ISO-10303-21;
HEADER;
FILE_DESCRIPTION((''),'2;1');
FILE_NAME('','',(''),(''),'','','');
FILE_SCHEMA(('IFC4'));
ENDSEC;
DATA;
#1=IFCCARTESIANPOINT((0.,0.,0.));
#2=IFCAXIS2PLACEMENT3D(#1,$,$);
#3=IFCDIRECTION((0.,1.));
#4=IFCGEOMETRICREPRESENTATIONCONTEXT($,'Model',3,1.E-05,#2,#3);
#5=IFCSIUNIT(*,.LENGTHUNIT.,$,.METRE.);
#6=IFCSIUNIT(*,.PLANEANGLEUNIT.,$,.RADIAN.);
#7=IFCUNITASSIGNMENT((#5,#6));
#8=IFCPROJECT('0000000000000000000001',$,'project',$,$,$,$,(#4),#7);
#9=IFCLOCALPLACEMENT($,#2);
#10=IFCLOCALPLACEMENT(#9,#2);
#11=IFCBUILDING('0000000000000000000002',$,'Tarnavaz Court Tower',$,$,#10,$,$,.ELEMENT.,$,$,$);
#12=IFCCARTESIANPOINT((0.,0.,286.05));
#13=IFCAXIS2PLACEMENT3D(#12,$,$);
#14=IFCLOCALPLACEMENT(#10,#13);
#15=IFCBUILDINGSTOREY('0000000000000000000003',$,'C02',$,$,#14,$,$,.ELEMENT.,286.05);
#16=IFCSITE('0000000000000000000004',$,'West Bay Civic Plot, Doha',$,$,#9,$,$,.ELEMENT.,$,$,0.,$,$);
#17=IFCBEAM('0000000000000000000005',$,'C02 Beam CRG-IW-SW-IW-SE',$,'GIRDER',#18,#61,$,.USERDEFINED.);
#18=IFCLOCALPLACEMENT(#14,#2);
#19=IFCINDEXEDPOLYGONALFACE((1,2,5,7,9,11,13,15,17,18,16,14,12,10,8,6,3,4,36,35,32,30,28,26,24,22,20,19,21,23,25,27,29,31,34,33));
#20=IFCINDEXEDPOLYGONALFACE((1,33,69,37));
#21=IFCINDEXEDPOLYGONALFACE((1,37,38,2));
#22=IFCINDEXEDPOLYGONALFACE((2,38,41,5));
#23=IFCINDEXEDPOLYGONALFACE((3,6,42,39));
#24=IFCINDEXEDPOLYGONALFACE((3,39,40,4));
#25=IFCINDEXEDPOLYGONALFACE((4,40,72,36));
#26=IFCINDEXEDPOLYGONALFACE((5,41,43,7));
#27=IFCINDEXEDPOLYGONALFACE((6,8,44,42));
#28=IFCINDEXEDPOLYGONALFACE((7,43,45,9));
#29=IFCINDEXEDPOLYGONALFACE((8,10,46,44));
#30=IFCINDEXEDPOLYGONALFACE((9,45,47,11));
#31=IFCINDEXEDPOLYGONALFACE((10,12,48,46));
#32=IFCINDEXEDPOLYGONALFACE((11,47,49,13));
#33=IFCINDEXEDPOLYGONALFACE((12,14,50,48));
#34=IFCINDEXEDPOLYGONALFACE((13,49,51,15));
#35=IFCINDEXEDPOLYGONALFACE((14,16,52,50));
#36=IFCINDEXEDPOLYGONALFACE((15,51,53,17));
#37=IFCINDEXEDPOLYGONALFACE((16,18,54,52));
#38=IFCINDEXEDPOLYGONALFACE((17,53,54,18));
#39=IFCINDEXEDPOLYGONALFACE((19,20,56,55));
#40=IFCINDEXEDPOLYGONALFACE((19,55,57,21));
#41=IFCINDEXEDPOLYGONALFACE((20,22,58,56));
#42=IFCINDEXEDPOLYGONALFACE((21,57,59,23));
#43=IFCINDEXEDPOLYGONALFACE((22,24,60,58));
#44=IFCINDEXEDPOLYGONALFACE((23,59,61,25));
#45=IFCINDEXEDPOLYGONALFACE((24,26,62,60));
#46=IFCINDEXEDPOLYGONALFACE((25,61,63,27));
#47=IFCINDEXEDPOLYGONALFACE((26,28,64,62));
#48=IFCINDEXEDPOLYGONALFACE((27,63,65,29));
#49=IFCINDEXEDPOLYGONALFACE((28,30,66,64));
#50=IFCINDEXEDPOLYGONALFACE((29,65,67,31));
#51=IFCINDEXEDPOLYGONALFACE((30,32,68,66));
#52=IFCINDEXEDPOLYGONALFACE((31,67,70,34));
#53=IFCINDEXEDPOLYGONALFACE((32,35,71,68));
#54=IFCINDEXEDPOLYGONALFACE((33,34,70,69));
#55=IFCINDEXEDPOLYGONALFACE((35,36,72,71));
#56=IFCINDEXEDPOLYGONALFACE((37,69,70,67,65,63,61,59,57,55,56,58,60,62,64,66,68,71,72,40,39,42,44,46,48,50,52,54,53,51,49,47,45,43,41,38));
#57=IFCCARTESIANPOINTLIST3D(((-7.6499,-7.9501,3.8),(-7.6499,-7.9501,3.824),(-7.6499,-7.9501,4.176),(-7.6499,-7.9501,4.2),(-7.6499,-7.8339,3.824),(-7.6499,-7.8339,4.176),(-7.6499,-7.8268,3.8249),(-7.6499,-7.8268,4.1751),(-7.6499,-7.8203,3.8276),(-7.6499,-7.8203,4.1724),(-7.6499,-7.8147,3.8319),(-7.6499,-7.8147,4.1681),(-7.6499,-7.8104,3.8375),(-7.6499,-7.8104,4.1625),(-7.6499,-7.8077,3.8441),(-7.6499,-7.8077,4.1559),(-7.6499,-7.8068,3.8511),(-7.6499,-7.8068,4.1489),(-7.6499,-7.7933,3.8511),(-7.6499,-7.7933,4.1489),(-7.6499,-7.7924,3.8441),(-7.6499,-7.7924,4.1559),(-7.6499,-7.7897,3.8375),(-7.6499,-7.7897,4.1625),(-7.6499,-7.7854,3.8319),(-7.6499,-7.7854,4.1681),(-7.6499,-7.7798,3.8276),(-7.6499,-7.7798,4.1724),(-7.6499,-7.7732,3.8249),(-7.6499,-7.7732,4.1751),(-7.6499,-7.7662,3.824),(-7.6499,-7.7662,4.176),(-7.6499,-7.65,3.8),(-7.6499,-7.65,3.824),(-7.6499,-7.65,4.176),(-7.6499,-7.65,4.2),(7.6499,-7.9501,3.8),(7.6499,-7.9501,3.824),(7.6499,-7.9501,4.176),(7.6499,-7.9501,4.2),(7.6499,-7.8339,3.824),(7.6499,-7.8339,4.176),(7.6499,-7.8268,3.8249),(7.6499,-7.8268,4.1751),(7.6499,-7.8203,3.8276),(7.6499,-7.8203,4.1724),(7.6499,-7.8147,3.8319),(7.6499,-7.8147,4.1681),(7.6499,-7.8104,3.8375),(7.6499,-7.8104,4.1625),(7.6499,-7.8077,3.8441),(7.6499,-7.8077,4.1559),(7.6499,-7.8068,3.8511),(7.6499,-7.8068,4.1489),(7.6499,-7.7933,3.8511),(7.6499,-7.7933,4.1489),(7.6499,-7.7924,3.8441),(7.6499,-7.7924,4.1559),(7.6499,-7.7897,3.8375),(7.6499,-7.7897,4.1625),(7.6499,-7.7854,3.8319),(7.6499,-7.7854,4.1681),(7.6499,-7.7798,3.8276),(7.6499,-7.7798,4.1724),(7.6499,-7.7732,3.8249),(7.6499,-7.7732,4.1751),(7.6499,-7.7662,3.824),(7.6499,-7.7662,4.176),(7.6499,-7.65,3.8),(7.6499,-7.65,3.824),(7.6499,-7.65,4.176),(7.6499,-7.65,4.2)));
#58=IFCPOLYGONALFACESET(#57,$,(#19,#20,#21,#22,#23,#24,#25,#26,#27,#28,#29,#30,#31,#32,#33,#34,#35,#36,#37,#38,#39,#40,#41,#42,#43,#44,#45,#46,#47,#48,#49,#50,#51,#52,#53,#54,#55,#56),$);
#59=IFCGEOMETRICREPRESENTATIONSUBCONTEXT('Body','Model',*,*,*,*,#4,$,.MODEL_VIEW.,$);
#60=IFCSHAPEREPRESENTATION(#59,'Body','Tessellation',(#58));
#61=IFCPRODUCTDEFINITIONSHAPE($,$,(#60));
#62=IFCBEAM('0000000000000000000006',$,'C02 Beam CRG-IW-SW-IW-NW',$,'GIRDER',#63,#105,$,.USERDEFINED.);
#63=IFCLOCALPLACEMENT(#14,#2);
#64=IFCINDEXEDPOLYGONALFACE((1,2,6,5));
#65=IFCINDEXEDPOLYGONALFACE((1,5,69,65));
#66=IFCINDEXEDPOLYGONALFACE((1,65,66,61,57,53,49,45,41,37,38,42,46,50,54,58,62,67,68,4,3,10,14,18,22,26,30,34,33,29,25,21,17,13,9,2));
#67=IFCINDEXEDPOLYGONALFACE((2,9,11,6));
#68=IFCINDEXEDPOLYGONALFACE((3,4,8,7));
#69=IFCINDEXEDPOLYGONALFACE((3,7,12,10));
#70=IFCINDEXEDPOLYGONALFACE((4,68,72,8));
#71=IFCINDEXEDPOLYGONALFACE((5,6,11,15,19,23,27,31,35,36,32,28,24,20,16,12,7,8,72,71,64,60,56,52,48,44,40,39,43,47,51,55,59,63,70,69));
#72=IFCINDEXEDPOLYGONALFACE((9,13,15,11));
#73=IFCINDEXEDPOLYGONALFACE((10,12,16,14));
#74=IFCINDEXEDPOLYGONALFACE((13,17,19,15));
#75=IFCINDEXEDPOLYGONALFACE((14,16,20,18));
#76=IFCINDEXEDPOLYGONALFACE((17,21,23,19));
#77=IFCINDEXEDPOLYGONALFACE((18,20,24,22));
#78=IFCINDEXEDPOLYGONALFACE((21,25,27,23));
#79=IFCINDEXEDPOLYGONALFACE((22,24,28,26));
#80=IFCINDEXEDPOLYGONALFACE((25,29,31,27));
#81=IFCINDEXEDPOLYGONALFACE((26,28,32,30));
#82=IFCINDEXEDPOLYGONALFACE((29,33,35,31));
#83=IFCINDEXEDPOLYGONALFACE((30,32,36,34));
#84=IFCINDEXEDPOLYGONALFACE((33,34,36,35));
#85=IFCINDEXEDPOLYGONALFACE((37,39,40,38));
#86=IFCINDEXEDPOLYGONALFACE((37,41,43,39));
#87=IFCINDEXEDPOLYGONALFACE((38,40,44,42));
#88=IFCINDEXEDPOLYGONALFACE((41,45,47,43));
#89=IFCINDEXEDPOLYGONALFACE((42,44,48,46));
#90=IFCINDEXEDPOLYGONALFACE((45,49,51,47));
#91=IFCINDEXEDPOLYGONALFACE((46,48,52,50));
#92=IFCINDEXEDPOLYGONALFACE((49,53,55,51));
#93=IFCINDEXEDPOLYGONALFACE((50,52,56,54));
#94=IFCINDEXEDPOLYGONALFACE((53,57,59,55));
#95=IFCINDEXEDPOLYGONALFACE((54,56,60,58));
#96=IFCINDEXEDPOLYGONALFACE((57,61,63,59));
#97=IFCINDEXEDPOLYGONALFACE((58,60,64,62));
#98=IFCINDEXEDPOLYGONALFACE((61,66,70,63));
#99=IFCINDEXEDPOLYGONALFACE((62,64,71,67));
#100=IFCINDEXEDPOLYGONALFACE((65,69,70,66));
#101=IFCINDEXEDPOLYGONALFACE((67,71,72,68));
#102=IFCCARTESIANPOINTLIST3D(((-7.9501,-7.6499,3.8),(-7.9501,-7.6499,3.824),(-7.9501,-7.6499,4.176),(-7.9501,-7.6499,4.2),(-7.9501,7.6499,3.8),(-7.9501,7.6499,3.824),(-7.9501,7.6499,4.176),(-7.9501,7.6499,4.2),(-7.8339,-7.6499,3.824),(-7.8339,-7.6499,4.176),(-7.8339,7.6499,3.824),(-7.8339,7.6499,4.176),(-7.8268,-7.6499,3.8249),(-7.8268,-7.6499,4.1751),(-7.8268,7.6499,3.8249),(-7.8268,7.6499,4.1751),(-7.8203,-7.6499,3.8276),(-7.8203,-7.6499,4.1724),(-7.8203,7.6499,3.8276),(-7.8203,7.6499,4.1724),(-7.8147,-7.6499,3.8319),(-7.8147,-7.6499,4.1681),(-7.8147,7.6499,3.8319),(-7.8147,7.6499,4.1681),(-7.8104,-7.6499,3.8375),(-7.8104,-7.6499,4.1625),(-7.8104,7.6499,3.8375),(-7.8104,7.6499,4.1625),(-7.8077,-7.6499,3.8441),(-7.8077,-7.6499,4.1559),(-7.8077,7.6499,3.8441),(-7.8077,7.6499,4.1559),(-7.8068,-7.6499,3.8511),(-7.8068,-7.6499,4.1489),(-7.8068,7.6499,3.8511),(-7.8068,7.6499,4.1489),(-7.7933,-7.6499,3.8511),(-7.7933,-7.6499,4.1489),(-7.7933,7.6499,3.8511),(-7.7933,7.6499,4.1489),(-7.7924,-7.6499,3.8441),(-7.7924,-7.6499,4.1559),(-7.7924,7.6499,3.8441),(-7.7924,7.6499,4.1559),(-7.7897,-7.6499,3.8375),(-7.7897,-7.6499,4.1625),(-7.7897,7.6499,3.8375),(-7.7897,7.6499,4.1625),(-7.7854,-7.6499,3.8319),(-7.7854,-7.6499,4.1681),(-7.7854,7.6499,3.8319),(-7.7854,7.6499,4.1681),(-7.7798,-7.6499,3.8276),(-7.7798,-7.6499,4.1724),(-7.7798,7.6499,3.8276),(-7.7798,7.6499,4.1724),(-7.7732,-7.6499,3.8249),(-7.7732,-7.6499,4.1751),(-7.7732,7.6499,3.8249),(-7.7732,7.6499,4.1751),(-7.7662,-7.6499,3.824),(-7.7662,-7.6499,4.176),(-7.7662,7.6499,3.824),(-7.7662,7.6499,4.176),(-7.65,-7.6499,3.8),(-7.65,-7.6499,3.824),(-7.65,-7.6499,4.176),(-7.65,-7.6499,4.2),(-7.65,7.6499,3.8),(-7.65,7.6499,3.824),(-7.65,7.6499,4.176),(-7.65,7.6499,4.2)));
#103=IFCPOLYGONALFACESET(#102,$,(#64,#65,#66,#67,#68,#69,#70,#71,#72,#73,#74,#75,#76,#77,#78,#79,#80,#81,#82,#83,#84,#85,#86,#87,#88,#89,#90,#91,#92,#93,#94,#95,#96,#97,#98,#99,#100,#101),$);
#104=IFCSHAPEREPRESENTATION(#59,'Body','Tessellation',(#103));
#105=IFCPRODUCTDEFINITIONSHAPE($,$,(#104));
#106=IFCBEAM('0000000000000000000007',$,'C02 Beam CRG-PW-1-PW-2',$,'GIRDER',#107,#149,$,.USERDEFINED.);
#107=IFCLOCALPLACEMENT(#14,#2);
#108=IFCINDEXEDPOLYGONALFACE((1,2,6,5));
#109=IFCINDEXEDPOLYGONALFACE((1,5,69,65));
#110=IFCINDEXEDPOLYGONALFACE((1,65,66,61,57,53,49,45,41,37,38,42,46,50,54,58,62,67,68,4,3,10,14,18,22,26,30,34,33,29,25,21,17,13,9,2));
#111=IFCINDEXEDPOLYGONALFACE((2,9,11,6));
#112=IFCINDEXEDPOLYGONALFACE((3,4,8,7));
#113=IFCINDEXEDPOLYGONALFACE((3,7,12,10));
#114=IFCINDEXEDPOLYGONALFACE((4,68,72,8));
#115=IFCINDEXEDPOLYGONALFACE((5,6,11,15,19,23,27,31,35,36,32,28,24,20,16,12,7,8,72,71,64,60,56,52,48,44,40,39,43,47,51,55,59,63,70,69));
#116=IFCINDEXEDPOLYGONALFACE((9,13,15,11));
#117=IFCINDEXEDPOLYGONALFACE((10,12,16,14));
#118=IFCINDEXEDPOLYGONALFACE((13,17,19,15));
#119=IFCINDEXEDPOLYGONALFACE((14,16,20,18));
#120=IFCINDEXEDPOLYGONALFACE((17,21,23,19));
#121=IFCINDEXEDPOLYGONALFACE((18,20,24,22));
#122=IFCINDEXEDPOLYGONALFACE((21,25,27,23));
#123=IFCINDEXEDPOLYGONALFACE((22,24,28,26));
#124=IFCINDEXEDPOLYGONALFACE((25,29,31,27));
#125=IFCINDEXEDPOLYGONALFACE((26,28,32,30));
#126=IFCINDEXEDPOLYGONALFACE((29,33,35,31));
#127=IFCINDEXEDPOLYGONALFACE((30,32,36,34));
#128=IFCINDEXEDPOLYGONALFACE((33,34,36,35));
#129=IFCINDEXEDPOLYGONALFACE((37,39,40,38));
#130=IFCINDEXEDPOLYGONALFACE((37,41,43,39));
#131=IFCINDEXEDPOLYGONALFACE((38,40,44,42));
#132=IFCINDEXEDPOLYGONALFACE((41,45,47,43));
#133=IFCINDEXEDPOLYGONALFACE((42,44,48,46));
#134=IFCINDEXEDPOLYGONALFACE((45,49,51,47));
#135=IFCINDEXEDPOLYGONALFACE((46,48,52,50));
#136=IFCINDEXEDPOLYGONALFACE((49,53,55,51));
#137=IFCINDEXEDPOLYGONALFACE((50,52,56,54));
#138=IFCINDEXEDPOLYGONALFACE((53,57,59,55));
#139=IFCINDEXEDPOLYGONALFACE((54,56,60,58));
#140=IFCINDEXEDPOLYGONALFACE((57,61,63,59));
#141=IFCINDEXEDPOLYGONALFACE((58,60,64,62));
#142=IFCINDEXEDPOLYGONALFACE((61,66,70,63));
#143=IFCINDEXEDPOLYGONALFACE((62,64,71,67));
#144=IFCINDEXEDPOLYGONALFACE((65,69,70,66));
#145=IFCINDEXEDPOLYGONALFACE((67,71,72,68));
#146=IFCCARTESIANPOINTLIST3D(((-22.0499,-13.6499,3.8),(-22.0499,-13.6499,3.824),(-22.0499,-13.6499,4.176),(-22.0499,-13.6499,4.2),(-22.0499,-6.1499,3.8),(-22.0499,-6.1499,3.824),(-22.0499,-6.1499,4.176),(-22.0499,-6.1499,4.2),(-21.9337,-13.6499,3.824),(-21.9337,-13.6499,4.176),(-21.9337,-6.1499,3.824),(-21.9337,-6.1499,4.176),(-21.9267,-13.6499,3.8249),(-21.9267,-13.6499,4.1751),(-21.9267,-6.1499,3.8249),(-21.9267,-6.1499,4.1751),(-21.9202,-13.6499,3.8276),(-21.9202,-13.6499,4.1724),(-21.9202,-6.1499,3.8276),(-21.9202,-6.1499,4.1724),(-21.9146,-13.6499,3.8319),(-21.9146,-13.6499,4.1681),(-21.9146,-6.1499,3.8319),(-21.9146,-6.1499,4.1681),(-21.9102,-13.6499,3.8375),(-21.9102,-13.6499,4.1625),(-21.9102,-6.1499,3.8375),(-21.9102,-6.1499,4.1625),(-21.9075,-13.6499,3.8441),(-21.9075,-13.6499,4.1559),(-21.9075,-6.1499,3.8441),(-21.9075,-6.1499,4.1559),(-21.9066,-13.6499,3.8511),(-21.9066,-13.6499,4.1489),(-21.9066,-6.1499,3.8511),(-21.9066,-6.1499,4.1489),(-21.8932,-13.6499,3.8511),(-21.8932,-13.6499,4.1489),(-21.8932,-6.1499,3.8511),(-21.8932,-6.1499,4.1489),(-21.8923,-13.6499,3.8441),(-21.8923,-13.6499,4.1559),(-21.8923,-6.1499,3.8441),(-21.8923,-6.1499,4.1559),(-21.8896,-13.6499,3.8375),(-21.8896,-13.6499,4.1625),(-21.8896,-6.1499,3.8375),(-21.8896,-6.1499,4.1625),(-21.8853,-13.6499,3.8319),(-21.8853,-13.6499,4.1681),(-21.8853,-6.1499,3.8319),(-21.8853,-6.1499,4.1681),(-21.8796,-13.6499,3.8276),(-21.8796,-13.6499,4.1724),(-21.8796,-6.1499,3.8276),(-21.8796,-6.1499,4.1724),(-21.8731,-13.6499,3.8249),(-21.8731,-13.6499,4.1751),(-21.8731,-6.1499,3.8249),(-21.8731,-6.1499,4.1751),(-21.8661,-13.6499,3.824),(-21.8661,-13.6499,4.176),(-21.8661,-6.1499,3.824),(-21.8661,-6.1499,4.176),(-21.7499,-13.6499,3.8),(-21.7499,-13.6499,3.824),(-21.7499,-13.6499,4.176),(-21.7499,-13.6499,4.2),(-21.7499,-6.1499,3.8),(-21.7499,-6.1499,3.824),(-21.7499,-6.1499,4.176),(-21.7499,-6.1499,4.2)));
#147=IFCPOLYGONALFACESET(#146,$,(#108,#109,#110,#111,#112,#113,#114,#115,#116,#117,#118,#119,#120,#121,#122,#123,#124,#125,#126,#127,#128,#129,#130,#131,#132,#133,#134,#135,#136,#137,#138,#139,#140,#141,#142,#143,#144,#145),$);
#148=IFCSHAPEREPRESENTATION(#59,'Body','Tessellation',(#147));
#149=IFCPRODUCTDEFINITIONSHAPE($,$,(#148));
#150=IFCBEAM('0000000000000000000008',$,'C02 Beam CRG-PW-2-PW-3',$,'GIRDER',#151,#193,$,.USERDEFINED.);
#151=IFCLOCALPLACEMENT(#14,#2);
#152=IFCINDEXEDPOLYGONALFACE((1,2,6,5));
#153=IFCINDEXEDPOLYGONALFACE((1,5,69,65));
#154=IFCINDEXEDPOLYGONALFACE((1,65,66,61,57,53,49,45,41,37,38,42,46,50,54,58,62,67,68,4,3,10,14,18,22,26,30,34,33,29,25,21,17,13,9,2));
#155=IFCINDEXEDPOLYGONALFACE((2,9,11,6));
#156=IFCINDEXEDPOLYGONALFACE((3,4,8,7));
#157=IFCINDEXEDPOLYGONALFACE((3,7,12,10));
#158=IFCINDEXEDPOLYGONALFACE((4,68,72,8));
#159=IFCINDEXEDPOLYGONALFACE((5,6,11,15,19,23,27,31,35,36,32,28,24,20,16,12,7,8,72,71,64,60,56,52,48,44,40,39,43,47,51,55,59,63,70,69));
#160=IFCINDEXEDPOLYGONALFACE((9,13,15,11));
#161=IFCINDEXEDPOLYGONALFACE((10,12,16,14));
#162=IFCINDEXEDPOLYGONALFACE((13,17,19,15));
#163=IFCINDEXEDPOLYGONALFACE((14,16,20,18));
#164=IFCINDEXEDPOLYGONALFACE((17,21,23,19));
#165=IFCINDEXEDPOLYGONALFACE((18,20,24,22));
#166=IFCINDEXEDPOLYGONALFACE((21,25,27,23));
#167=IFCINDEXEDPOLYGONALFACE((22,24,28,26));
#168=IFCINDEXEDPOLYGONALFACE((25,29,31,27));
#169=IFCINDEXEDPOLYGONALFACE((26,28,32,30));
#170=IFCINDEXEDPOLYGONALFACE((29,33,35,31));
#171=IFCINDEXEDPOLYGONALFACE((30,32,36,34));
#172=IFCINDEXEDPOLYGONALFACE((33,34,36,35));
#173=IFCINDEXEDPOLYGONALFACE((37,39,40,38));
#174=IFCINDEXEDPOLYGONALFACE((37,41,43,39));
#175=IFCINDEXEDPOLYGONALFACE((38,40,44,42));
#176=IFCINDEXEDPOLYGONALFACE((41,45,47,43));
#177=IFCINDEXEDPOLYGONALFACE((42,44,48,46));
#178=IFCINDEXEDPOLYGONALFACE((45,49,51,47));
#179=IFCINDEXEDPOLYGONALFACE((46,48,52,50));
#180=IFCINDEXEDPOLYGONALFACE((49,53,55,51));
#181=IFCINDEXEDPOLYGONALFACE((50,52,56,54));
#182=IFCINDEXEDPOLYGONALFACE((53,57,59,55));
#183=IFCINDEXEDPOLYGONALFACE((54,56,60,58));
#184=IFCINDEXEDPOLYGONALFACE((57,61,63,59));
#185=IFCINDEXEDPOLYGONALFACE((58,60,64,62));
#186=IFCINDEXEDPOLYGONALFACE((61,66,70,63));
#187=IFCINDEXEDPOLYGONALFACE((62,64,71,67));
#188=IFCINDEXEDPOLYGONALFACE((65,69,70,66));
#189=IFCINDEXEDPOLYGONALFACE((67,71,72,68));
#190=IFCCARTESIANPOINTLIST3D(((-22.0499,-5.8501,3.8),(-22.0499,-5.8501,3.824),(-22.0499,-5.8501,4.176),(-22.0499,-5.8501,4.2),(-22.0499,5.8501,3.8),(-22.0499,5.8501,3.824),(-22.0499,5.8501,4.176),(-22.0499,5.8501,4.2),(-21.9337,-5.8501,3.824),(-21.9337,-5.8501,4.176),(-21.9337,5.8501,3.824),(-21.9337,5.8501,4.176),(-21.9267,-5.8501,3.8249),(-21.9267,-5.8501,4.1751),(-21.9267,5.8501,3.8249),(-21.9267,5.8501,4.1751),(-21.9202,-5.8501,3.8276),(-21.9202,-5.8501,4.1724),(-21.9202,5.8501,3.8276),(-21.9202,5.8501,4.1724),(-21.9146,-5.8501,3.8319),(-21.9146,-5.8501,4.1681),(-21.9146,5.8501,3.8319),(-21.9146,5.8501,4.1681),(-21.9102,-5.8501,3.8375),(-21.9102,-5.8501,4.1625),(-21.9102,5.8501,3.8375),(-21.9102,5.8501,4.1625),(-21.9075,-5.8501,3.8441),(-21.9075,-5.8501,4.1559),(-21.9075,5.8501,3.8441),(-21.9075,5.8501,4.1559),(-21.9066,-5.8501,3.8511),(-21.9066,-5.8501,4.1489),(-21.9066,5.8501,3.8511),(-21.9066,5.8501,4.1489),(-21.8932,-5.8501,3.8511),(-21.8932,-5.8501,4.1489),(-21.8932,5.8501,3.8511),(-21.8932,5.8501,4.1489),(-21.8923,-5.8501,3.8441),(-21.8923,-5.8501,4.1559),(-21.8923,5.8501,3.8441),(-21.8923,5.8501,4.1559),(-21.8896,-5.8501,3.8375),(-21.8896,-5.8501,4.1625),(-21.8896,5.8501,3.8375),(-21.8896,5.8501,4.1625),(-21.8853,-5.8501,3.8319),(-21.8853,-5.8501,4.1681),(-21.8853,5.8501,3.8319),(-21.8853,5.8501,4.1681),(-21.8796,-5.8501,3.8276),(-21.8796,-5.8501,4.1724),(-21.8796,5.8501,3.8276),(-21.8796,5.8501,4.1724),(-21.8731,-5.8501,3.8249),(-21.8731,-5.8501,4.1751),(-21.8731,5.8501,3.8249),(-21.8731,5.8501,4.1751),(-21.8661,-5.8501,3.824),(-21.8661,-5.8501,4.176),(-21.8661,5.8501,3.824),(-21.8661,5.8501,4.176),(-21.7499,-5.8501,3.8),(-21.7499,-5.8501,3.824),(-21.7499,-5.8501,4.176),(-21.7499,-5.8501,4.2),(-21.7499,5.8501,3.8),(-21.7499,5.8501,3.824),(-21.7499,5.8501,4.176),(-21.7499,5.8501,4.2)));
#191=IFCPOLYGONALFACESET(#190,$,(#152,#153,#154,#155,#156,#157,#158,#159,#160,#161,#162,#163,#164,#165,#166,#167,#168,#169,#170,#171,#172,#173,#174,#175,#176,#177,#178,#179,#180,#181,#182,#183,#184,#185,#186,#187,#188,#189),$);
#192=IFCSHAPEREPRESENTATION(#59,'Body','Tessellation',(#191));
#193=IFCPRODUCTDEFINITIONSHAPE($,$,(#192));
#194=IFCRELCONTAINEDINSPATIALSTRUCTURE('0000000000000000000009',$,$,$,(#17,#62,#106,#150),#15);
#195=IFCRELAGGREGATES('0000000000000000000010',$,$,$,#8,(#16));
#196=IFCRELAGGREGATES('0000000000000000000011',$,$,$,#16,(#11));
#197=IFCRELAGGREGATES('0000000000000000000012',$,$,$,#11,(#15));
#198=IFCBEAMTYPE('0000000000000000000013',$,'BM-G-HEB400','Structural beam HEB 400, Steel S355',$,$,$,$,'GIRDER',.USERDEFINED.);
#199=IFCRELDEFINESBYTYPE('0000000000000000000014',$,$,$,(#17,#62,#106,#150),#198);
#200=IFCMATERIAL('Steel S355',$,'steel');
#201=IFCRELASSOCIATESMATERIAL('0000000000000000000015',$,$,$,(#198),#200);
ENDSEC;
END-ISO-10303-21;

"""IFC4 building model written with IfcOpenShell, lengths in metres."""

from ifc_helpers import new_model, si_unit, direction, frame, origin, origin_2d, place, context, subcontext, project, spatial, i_section, extrude, material, material_profile, profile_set, type_object, element, save


model = new_model("IFC4")

# Units and contexts
model_context = context("Model", 3, precision=1e-05, world=origin(), true_north=direction((0.0, 1.0)))
body_context = subcontext(model_context, "Body", "Model", "MODEL_VIEW")
ifc_project = project(units=[si_unit("LENGTHUNIT", "METRE"), si_unit("PLANEANGLEUNIT", "RADIAN")], contexts=[model_context])

# Site, building, storey
site_placement = place(None, origin())
site = spatial("IfcSite", under=ifc_project, at=site_placement, Name="West Bay Civic Plot, Doha", CompositionType="ELEMENT", RefElevation=0.0)
building_placement = place(site_placement, origin())
building = spatial("IfcBuilding", under=site, at=building_placement, Name="Tarnavaz Court Tower", CompositionType="ELEMENT")
storey_placement = place(building_placement, frame((0.0, 0.0, 286.05)))
storey = spatial("IfcBuildingStorey", under=building, at=storey_placement, Name="C02", CompositionType="ELEMENT", Elevation=286.05)

# Shared definitions
ifc_material_1 = material(Name="Steel S355", Category="steel")

# Beams
ifc_material_profile_1 = material_profile(ifc_material_1, i_section(OverallWidth=0.3, OverallDepth=0.3999, WebThickness=0.0134, FlangeThickness=0.0239, FilletRadius=0.0271, at=origin_2d()), Name="HEB 400")
ifc_profile_set_1 = profile_set([ifc_material_profile_1], Name="Steel S355")
beam_type_1 = type_object("IfcBeamType", Name="BM-G-HEB400", Description="Structural beam HEB 400, Steel S355", ElementType="GIRDER", PredefinedType="USERDEFINED", material=ifc_profile_set_1)
for number, where, z_axis, x_axis, name in (
    (1, (-7.6499, -7.8, 4.0), (1.0, 0.0, 0.0), (0.0, 1.0, 0.0), "C02 Beam CRG-IW-SW-IW-SE"),
    (2, (-7.8, -7.6499, 4.0), (0.0, 1.0, 0.0), (-1.0, 0.0, 0.0), "C02 Beam CRG-IW-SW-IW-NW"),
):
    element("IfcBeam", number, at=place(storey_placement, frame(where, z_axis=z_axis, x_axis=x_axis)), inside=storey, type_object=beam_type_1, Name=name, ObjectType="GIRDER", PredefinedType="USERDEFINED", context=body_context, shape_type="SweptSolid", body=[
        extrude(i_section(OverallWidth=0.3, OverallDepth=0.3999, WebThickness=0.0134, FlangeThickness=0.0239, FilletRadius=0.0271, at=origin_2d()), origin(), (0.0, 0.0, 1.0), 15.2998),
    ])
beam_1_placement = place(storey_placement, frame((-21.8999, -13.6499, 4.0), z_axis=(0.0, 1.0, 0.0), x_axis=(-1.0, 0.0, 0.0)))
element("IfcBeam", 3, at=beam_1_placement, inside=storey, type_object=beam_type_1, Name="C02 Beam CRG-PW-1-PW-2", ObjectType="GIRDER", PredefinedType="USERDEFINED", context=body_context, shape_type="SweptSolid", body=[
    extrude(i_section(OverallWidth=0.3, OverallDepth=0.3999, WebThickness=0.0134, FlangeThickness=0.0239, FilletRadius=0.0271, at=origin_2d()), origin(), (0.0, 0.0, 1.0), 7.5),
])
beam_2_placement = place(storey_placement, frame((-21.8999, -5.8501, 4.0), z_axis=(0.0, 1.0, 0.0), x_axis=(-1.0, 0.0, 0.0)))
element("IfcBeam", 4, at=beam_2_placement, inside=storey, type_object=beam_type_1, Name="C02 Beam CRG-PW-2-PW-3", ObjectType="GIRDER", PredefinedType="USERDEFINED", context=body_context, shape_type="SweptSolid", body=[
    extrude(i_section(OverallWidth=0.3, OverallDepth=0.3999, WebThickness=0.0134, FlangeThickness=0.0239, FilletRadius=0.0271, at=origin_2d()), origin(), (0.0, 0.0, 1.0), 11.7002),
])

save(model, "model.ifc")
